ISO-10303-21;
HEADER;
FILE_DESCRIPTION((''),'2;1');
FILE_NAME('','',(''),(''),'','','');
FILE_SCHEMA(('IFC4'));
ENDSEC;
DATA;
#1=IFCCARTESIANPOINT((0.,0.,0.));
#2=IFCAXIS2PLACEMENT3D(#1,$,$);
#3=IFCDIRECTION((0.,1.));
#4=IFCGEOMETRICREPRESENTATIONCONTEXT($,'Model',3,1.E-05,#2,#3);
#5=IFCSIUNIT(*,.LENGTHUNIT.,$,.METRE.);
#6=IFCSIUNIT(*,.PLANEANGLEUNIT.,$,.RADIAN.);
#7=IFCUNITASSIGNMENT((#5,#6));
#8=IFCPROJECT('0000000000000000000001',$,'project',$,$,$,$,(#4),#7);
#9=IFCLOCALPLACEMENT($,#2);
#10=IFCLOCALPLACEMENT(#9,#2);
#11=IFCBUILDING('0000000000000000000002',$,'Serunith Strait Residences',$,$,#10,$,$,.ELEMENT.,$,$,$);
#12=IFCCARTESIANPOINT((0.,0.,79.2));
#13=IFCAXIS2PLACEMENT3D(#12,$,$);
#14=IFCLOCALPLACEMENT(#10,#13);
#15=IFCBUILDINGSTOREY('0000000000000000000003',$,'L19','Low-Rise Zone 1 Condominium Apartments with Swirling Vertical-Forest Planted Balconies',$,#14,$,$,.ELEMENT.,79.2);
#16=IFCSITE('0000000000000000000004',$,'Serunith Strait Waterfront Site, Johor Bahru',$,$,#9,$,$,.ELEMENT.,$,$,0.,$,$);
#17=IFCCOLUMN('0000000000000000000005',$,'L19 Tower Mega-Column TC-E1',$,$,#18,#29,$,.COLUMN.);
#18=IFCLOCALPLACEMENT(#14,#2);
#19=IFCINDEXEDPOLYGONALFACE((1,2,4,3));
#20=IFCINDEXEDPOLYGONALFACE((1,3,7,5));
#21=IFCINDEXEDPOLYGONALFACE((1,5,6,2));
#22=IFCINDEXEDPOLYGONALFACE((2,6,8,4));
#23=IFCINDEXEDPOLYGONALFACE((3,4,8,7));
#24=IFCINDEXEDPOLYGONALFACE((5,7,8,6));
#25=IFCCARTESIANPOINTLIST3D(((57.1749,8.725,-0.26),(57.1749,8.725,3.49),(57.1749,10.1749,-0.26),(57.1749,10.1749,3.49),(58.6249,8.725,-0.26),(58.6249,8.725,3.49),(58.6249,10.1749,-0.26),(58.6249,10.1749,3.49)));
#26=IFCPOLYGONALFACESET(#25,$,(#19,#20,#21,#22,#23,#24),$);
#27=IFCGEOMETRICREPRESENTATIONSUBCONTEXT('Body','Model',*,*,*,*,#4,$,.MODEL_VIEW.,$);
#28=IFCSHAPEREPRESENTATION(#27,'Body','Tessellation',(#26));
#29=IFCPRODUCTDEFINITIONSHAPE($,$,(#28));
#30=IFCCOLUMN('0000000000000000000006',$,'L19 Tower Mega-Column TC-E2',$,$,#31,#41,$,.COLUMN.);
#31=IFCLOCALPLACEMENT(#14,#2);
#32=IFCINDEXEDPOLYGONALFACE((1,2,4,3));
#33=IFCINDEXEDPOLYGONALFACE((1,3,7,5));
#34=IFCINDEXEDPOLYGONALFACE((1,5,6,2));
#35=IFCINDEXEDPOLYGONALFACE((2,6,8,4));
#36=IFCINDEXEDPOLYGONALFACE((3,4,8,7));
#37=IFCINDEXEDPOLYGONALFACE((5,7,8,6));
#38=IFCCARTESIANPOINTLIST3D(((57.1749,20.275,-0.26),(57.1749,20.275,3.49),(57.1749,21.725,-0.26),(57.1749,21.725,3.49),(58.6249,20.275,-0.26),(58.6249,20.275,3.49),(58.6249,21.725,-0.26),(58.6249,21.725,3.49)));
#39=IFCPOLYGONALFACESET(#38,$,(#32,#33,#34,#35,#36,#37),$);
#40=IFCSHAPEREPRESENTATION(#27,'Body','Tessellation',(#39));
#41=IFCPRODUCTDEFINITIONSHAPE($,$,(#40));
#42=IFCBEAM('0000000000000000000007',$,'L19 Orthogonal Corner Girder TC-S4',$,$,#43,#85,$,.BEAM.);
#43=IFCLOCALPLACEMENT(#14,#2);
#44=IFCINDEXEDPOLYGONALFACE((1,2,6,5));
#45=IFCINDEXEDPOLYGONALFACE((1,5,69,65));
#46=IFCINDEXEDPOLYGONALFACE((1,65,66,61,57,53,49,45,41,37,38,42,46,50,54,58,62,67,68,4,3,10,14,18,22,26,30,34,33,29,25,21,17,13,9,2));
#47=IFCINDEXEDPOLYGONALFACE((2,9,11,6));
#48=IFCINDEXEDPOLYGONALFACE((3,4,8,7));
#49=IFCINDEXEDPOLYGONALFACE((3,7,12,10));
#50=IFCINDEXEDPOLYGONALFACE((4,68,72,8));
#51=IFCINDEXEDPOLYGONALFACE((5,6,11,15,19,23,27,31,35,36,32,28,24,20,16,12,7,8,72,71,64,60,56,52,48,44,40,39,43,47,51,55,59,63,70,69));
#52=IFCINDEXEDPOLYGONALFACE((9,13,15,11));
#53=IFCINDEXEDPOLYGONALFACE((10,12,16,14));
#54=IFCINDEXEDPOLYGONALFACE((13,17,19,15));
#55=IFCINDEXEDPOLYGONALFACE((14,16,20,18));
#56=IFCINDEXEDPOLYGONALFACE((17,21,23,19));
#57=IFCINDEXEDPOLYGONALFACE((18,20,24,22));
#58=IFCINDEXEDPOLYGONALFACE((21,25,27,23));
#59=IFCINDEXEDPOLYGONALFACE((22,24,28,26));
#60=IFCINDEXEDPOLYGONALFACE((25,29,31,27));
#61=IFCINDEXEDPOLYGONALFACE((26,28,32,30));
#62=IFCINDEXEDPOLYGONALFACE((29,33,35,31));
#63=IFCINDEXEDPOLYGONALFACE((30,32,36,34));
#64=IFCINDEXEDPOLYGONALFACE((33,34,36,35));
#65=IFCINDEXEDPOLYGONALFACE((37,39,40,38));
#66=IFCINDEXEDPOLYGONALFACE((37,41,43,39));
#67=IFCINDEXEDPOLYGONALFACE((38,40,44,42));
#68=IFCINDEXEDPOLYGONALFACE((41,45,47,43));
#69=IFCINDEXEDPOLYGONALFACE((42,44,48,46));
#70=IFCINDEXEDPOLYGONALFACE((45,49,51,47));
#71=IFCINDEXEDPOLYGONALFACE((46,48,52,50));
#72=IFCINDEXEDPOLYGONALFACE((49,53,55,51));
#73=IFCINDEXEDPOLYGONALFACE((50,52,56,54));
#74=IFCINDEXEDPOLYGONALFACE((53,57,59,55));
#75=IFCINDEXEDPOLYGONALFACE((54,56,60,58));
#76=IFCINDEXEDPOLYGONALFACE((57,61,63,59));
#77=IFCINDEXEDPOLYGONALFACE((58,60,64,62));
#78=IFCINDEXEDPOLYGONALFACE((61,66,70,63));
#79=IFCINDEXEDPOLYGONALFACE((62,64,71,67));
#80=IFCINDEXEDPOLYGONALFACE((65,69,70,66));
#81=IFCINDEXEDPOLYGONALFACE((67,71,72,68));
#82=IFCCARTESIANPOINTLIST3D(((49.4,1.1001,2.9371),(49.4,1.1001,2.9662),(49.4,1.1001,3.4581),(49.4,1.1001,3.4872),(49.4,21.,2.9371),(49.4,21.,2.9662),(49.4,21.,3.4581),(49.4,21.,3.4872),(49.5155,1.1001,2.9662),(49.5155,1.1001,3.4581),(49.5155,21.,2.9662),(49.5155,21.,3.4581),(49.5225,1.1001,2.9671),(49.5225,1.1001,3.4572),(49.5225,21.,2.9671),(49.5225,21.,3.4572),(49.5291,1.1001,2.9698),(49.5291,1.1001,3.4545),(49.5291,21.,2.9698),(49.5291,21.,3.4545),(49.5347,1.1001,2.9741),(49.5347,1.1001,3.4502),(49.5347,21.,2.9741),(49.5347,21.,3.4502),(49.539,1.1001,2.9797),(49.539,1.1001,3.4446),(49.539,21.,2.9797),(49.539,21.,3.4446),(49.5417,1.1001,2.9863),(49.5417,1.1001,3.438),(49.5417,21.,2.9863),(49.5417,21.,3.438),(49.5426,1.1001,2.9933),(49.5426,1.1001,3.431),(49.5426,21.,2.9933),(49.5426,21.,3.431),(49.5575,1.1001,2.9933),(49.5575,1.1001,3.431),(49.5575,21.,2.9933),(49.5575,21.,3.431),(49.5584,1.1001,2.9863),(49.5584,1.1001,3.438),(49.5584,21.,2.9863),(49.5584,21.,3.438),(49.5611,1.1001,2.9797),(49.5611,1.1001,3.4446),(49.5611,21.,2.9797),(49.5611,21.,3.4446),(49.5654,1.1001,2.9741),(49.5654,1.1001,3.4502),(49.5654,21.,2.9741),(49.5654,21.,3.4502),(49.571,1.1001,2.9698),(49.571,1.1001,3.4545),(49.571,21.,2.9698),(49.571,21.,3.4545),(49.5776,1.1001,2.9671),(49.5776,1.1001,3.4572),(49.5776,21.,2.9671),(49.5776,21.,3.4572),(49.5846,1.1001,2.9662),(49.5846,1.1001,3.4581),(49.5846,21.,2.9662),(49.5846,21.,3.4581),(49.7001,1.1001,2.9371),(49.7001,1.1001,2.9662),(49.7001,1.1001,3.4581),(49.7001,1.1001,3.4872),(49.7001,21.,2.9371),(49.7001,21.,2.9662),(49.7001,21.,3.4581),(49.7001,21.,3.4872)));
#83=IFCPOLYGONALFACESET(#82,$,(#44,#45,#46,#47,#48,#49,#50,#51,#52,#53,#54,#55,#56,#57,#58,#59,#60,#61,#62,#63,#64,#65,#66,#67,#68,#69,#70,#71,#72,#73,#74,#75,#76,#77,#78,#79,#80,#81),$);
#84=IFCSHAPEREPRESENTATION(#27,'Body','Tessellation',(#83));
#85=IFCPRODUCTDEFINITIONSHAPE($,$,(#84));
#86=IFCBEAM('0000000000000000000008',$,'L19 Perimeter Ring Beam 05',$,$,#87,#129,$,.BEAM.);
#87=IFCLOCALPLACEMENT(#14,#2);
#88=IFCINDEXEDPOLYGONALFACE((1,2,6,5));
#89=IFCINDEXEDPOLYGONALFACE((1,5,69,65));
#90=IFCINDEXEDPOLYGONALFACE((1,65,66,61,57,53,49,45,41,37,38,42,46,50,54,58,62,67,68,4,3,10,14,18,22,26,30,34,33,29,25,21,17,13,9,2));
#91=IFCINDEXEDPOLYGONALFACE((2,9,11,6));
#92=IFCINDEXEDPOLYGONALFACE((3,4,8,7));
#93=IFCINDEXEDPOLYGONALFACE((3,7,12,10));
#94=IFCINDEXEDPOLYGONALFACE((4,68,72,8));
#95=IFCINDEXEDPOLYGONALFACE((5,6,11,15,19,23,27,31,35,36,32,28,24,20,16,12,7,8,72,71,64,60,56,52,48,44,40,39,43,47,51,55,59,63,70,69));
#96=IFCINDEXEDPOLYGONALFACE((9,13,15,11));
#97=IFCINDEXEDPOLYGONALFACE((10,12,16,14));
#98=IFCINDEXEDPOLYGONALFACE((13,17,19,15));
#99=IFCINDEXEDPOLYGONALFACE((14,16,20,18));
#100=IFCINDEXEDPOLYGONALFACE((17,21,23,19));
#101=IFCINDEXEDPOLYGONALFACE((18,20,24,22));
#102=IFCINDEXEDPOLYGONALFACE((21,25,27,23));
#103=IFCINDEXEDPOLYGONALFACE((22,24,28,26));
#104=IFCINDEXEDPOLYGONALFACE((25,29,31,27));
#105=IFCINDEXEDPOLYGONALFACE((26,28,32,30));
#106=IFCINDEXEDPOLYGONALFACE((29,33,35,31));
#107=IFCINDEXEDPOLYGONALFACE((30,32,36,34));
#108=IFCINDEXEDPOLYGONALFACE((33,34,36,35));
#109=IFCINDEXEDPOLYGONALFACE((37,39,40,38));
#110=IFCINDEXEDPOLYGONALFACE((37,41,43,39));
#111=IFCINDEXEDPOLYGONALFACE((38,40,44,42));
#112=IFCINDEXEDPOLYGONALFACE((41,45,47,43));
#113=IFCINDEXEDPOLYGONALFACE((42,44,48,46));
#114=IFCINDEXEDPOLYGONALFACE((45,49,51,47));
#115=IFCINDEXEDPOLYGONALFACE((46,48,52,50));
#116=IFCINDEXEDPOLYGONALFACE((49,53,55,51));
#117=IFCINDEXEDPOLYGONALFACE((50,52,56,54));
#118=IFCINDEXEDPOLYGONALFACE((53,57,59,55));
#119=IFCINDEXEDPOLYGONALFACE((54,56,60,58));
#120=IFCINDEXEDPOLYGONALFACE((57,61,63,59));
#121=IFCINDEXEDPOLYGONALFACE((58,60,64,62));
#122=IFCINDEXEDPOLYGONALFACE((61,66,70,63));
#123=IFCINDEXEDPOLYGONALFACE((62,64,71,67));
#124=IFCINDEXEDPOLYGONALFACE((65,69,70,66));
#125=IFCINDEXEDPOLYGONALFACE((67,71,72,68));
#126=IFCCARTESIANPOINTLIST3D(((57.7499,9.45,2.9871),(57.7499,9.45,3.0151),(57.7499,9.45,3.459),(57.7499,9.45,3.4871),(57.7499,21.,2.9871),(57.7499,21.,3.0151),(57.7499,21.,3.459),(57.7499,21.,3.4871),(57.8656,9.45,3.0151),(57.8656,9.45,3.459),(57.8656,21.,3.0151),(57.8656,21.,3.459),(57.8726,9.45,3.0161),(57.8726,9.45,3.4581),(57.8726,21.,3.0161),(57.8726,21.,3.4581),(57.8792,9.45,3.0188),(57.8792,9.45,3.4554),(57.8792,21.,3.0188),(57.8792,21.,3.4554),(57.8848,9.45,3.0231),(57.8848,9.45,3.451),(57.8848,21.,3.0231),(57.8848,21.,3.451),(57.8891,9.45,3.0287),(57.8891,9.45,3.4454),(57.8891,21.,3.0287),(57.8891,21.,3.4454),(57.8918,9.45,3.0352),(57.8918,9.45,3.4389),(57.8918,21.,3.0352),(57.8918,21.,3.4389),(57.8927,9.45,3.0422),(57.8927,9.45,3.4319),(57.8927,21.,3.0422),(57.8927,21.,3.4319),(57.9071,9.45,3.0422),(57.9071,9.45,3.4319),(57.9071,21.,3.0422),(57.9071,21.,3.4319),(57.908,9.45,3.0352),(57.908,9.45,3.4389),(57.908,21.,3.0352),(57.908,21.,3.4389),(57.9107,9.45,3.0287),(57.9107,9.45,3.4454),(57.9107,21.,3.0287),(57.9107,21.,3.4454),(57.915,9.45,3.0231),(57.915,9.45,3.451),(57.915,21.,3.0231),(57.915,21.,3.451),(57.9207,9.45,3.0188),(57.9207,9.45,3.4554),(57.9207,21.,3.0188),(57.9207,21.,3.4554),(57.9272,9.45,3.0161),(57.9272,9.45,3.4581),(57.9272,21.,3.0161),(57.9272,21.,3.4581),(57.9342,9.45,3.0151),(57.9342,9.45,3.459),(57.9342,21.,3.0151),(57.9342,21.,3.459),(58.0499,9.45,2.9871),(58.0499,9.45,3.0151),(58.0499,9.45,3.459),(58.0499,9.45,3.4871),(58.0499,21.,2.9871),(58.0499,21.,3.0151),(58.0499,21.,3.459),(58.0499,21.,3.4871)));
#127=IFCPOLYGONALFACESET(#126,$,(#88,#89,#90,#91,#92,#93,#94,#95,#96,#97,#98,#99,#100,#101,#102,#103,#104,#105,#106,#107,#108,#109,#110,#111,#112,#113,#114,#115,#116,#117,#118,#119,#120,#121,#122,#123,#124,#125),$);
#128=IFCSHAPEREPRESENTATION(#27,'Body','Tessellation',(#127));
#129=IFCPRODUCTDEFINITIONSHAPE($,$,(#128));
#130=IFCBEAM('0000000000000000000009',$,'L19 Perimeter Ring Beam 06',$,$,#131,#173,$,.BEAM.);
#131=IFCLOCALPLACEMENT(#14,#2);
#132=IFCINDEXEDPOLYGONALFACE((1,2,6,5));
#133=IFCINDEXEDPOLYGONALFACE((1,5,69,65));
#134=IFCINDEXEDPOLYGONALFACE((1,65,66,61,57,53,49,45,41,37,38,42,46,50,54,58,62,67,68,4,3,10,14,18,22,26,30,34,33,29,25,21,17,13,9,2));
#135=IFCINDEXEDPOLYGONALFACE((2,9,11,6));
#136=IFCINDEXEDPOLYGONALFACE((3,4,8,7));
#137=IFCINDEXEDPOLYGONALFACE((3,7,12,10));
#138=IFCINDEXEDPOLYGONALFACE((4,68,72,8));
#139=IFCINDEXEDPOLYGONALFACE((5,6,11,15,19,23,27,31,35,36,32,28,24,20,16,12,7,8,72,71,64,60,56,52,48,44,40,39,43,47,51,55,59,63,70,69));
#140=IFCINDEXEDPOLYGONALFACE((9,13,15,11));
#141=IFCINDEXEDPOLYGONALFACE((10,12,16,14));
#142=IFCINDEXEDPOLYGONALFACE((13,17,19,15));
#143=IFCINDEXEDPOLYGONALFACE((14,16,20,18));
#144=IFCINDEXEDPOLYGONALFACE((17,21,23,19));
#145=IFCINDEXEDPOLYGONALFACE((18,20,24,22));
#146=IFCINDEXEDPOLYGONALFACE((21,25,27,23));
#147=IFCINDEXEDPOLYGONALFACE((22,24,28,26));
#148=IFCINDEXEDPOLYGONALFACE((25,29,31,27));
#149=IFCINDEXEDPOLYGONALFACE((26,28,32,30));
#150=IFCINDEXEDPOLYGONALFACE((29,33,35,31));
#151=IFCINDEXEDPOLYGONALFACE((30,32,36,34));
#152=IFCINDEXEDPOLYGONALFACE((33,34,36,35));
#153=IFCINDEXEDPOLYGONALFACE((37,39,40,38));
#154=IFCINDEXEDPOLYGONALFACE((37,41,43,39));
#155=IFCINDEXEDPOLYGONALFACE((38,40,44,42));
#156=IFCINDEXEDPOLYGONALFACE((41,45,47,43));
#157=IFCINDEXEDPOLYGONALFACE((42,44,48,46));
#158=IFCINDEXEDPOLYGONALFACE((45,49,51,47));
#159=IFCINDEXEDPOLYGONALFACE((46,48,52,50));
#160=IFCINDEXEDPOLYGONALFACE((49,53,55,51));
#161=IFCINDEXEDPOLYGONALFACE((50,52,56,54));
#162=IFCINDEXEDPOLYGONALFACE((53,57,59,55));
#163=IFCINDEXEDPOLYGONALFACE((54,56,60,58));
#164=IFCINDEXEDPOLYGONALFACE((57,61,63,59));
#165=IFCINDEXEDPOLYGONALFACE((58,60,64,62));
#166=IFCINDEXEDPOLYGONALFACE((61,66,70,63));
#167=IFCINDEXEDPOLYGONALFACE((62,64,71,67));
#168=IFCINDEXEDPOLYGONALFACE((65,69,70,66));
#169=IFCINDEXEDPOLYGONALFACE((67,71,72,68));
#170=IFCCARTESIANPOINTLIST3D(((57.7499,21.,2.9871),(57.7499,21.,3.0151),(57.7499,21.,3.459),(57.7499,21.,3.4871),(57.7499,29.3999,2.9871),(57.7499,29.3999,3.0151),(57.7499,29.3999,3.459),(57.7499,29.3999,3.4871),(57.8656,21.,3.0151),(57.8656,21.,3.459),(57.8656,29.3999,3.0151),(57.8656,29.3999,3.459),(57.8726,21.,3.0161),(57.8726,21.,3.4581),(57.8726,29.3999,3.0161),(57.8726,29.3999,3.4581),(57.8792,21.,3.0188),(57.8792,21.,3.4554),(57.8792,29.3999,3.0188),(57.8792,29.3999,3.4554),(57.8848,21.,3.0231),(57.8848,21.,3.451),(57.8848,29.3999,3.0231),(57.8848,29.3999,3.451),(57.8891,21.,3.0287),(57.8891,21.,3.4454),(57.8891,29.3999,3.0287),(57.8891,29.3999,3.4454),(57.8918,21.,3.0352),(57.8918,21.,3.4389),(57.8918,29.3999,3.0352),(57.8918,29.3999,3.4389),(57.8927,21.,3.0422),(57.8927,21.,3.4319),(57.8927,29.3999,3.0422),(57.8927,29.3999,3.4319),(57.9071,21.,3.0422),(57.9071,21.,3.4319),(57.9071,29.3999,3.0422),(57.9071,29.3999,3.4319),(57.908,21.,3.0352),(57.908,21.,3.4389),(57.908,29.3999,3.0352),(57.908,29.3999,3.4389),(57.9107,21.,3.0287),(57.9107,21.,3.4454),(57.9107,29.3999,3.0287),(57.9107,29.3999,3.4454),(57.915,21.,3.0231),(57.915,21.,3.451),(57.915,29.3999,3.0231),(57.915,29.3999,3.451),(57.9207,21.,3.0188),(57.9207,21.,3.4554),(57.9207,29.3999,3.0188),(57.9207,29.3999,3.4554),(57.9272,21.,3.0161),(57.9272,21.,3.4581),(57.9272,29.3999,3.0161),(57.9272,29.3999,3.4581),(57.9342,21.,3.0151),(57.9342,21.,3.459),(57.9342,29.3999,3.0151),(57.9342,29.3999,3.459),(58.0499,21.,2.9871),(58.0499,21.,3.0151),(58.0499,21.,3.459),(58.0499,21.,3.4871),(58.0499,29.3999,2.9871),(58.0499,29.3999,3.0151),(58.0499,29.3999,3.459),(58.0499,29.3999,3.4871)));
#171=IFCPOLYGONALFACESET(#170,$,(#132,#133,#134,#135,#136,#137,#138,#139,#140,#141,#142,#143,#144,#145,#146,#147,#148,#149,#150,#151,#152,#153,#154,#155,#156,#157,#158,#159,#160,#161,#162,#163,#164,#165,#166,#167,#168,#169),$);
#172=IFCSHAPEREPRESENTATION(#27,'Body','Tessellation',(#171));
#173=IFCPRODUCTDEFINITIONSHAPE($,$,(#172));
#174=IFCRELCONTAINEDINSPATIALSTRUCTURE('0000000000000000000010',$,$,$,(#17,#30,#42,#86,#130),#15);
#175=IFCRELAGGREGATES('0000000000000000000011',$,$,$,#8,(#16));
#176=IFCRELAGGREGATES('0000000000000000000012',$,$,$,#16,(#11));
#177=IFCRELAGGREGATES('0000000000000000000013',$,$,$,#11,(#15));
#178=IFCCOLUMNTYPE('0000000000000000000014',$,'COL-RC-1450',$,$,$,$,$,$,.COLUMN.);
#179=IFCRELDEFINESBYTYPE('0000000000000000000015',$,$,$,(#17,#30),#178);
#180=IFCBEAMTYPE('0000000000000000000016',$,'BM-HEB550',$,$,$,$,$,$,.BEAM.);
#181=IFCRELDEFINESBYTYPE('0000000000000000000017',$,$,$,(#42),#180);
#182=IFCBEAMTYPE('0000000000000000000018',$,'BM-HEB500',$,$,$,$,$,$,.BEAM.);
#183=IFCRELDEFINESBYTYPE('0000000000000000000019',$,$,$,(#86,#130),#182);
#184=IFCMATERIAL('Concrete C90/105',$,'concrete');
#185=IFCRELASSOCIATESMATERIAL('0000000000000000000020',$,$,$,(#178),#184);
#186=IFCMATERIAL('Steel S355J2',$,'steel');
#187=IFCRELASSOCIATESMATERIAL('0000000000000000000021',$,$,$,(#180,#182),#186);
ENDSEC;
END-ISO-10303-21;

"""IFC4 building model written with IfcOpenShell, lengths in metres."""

from ifc_helpers import new_model, si_unit, direction, frame, origin, origin_2d, place, context, subcontext, project, spatial, rectangle, i_section, extrude, source, transform, mapped, material, material_profile, profile_set, type_object, element, save


model = new_model("IFC4")

# Units and contexts
model_context = context("Model", 3, precision=1e-05, world=origin(), true_north=direction((0.0, 1.0)))
body_context = subcontext(model_context, "Body", "Model", "MODEL_VIEW")
ifc_project = project(units=[si_unit("LENGTHUNIT", "METRE"), si_unit("PLANEANGLEUNIT", "RADIAN")], contexts=[model_context])

# Site, building, storey
site_placement = place(None, origin())
site = spatial("IfcSite", under=ifc_project, at=site_placement, Name="Serunith Strait Waterfront Site, Johor Bahru", CompositionType="ELEMENT", RefElevation=0.0)
building_placement = place(site_placement, origin())
building = spatial("IfcBuilding", under=site, at=building_placement, Name="Serunith Strait Residences", CompositionType="ELEMENT")
storey_placement = place(building_placement, frame((0.0, 0.0, 79.2)))
storey = spatial("IfcBuildingStorey", under=building, at=storey_placement, Name="L19", Description="Low-Rise Zone 1 Condominium Apartments with Swirling Vertical-Forest Planted Balconies", CompositionType="ELEMENT", Elevation=79.2)

# Columns
ifc_material_1 = material(Name="Concrete C90/105", Category="concrete")
ifc_material_profile_1 = material_profile(ifc_material_1, rectangle(XDim=1.45, YDim=1.45, at=origin_2d()), Name="RC 1450x1450")
ifc_profile_set_1 = profile_set([ifc_material_profile_1], Name="Concrete C90/105")
column_type = type_object("IfcColumnType", Name="COL-RC-1450", PredefinedType="COLUMN", material=ifc_profile_set_1)
shared_shape_1 = source(origin(), body_context, "Body", "SweptSolid", [
    extrude(rectangle(XDim=1.45, YDim=1.45, at=origin_2d()), origin(), (0.0, 0.0, 1.0), 3.75),
])
for number, where, z_axis, x_axis, name in (
    (1, (57.8999, 9.45, -0.26), (0.0, 0.0, 1.0), (1.0, 0.0, 0.0), "L19 Tower Mega-Column TC-E1"),
    (2, (57.8999, 21.0, -0.26), (0.0, 0.0, 1.0), (1.0, 0.0, 0.0), "L19 Tower Mega-Column TC-E2"),
):
    element("IfcColumn", number, at=place(storey_placement, frame(where, z_axis=z_axis, x_axis=x_axis)), inside=storey, type_object=column_type, Name=name, PredefinedType="COLUMN", context=body_context, shape_type="MappedRepresentation", body=[
        mapped(shared_shape_1, transform((0.0, 0.0, 0.0), scale=1.0)),
    ])

# Beams
ifc_material_2 = material(Name="Steel S355J2", Category="steel")
ifc_material_profile_2 = material_profile(ifc_material_2, i_section(OverallWidth=0.3, OverallDepth=0.55, WebThickness=0.0149, FlangeThickness=0.0291, FilletRadius=0.0271, at=origin_2d()), Name="HEB 550")
ifc_profile_set_2 = profile_set([ifc_material_profile_2], Name="Steel S355J2")
beam_type_1 = type_object("IfcBeamType", Name="BM-HEB550", PredefinedType="BEAM", material=ifc_profile_set_2)
shared_shape_2 = source(origin(), body_context, "Body", "SweptSolid", [
    extrude(i_section(OverallWidth=0.3, OverallDepth=0.55, WebThickness=0.0149, FlangeThickness=0.0291, FilletRadius=0.0271, at=origin_2d()), origin(), (0.0, 0.0, 1.0), 19.8999),
])
beam_1_placement = place(storey_placement, frame((49.55, 21.0, 3.2122), z_axis=(0.0, -1.0, 0.0), x_axis=(1.0, 0.0, 0.0)))
element("IfcBeam", 3, at=beam_1_placement, inside=storey, type_object=beam_type_1, Name="L19 Orthogonal Corner Girder TC-S4", PredefinedType="BEAM", context=body_context, shape_type="MappedRepresentation", body=[
    mapped(shared_shape_2, transform((0.0, 0.0, 0.0), scale=1.0)),
])
ifc_material_profile_3 = material_profile(ifc_material_2, i_section(OverallWidth=0.3, OverallDepth=0.5, WebThickness=0.0144, FlangeThickness=0.0281, FilletRadius=0.0271, at=origin_2d()), Name="HEB 500")
ifc_profile_set_3 = profile_set([ifc_material_profile_3], Name="Steel S355J2")
beam_type_2 = type_object("IfcBeamType", Name="BM-HEB500", PredefinedType="BEAM", material=ifc_profile_set_3)
shared_shape_3 = source(origin(), body_context, "Body", "SweptSolid", [
    extrude(i_section(OverallWidth=0.3, OverallDepth=0.5, WebThickness=0.0144, FlangeThickness=0.0281, FilletRadius=0.0271, at=origin_2d()), origin(), (0.0, 0.0, 1.0), 11.55),
])
beam_2_placement = place(storey_placement, frame((57.8999, 9.45, 3.2371), z_axis=(0.0, 1.0, 0.0), x_axis=(-1.0, 0.0, 0.0)))
element("IfcBeam", 4, at=beam_2_placement, inside=storey, type_object=beam_type_2, Name="L19 Perimeter Ring Beam 05", PredefinedType="BEAM", context=body_context, shape_type="MappedRepresentation", body=[
    mapped(shared_shape_3, transform((0.0, 0.0, 0.0), scale=1.0)),
])
shared_shape_4 = source(origin(), body_context, "Body", "SweptSolid", [
    extrude(i_section(OverallWidth=0.3, OverallDepth=0.5, WebThickness=0.0144, FlangeThickness=0.0281, FilletRadius=0.0271, at=origin_2d()), origin(), (0.0, 0.0, 1.0), 8.3999),
])
beam_3_placement = place(storey_placement, frame((57.8999, 21.0, 3.2371), z_axis=(0.0, 1.0, 0.0), x_axis=(-1.0, 0.0, 0.0)))
element("IfcBeam", 5, at=beam_3_placement, inside=storey, type_object=beam_type_2, Name="L19 Perimeter Ring Beam 06", PredefinedType="BEAM", context=body_context, shape_type="MappedRepresentation", body=[
    mapped(shared_shape_4, transform((0.0, 0.0, 0.0), scale=1.0)),
])

save(model, "model.ifc")
